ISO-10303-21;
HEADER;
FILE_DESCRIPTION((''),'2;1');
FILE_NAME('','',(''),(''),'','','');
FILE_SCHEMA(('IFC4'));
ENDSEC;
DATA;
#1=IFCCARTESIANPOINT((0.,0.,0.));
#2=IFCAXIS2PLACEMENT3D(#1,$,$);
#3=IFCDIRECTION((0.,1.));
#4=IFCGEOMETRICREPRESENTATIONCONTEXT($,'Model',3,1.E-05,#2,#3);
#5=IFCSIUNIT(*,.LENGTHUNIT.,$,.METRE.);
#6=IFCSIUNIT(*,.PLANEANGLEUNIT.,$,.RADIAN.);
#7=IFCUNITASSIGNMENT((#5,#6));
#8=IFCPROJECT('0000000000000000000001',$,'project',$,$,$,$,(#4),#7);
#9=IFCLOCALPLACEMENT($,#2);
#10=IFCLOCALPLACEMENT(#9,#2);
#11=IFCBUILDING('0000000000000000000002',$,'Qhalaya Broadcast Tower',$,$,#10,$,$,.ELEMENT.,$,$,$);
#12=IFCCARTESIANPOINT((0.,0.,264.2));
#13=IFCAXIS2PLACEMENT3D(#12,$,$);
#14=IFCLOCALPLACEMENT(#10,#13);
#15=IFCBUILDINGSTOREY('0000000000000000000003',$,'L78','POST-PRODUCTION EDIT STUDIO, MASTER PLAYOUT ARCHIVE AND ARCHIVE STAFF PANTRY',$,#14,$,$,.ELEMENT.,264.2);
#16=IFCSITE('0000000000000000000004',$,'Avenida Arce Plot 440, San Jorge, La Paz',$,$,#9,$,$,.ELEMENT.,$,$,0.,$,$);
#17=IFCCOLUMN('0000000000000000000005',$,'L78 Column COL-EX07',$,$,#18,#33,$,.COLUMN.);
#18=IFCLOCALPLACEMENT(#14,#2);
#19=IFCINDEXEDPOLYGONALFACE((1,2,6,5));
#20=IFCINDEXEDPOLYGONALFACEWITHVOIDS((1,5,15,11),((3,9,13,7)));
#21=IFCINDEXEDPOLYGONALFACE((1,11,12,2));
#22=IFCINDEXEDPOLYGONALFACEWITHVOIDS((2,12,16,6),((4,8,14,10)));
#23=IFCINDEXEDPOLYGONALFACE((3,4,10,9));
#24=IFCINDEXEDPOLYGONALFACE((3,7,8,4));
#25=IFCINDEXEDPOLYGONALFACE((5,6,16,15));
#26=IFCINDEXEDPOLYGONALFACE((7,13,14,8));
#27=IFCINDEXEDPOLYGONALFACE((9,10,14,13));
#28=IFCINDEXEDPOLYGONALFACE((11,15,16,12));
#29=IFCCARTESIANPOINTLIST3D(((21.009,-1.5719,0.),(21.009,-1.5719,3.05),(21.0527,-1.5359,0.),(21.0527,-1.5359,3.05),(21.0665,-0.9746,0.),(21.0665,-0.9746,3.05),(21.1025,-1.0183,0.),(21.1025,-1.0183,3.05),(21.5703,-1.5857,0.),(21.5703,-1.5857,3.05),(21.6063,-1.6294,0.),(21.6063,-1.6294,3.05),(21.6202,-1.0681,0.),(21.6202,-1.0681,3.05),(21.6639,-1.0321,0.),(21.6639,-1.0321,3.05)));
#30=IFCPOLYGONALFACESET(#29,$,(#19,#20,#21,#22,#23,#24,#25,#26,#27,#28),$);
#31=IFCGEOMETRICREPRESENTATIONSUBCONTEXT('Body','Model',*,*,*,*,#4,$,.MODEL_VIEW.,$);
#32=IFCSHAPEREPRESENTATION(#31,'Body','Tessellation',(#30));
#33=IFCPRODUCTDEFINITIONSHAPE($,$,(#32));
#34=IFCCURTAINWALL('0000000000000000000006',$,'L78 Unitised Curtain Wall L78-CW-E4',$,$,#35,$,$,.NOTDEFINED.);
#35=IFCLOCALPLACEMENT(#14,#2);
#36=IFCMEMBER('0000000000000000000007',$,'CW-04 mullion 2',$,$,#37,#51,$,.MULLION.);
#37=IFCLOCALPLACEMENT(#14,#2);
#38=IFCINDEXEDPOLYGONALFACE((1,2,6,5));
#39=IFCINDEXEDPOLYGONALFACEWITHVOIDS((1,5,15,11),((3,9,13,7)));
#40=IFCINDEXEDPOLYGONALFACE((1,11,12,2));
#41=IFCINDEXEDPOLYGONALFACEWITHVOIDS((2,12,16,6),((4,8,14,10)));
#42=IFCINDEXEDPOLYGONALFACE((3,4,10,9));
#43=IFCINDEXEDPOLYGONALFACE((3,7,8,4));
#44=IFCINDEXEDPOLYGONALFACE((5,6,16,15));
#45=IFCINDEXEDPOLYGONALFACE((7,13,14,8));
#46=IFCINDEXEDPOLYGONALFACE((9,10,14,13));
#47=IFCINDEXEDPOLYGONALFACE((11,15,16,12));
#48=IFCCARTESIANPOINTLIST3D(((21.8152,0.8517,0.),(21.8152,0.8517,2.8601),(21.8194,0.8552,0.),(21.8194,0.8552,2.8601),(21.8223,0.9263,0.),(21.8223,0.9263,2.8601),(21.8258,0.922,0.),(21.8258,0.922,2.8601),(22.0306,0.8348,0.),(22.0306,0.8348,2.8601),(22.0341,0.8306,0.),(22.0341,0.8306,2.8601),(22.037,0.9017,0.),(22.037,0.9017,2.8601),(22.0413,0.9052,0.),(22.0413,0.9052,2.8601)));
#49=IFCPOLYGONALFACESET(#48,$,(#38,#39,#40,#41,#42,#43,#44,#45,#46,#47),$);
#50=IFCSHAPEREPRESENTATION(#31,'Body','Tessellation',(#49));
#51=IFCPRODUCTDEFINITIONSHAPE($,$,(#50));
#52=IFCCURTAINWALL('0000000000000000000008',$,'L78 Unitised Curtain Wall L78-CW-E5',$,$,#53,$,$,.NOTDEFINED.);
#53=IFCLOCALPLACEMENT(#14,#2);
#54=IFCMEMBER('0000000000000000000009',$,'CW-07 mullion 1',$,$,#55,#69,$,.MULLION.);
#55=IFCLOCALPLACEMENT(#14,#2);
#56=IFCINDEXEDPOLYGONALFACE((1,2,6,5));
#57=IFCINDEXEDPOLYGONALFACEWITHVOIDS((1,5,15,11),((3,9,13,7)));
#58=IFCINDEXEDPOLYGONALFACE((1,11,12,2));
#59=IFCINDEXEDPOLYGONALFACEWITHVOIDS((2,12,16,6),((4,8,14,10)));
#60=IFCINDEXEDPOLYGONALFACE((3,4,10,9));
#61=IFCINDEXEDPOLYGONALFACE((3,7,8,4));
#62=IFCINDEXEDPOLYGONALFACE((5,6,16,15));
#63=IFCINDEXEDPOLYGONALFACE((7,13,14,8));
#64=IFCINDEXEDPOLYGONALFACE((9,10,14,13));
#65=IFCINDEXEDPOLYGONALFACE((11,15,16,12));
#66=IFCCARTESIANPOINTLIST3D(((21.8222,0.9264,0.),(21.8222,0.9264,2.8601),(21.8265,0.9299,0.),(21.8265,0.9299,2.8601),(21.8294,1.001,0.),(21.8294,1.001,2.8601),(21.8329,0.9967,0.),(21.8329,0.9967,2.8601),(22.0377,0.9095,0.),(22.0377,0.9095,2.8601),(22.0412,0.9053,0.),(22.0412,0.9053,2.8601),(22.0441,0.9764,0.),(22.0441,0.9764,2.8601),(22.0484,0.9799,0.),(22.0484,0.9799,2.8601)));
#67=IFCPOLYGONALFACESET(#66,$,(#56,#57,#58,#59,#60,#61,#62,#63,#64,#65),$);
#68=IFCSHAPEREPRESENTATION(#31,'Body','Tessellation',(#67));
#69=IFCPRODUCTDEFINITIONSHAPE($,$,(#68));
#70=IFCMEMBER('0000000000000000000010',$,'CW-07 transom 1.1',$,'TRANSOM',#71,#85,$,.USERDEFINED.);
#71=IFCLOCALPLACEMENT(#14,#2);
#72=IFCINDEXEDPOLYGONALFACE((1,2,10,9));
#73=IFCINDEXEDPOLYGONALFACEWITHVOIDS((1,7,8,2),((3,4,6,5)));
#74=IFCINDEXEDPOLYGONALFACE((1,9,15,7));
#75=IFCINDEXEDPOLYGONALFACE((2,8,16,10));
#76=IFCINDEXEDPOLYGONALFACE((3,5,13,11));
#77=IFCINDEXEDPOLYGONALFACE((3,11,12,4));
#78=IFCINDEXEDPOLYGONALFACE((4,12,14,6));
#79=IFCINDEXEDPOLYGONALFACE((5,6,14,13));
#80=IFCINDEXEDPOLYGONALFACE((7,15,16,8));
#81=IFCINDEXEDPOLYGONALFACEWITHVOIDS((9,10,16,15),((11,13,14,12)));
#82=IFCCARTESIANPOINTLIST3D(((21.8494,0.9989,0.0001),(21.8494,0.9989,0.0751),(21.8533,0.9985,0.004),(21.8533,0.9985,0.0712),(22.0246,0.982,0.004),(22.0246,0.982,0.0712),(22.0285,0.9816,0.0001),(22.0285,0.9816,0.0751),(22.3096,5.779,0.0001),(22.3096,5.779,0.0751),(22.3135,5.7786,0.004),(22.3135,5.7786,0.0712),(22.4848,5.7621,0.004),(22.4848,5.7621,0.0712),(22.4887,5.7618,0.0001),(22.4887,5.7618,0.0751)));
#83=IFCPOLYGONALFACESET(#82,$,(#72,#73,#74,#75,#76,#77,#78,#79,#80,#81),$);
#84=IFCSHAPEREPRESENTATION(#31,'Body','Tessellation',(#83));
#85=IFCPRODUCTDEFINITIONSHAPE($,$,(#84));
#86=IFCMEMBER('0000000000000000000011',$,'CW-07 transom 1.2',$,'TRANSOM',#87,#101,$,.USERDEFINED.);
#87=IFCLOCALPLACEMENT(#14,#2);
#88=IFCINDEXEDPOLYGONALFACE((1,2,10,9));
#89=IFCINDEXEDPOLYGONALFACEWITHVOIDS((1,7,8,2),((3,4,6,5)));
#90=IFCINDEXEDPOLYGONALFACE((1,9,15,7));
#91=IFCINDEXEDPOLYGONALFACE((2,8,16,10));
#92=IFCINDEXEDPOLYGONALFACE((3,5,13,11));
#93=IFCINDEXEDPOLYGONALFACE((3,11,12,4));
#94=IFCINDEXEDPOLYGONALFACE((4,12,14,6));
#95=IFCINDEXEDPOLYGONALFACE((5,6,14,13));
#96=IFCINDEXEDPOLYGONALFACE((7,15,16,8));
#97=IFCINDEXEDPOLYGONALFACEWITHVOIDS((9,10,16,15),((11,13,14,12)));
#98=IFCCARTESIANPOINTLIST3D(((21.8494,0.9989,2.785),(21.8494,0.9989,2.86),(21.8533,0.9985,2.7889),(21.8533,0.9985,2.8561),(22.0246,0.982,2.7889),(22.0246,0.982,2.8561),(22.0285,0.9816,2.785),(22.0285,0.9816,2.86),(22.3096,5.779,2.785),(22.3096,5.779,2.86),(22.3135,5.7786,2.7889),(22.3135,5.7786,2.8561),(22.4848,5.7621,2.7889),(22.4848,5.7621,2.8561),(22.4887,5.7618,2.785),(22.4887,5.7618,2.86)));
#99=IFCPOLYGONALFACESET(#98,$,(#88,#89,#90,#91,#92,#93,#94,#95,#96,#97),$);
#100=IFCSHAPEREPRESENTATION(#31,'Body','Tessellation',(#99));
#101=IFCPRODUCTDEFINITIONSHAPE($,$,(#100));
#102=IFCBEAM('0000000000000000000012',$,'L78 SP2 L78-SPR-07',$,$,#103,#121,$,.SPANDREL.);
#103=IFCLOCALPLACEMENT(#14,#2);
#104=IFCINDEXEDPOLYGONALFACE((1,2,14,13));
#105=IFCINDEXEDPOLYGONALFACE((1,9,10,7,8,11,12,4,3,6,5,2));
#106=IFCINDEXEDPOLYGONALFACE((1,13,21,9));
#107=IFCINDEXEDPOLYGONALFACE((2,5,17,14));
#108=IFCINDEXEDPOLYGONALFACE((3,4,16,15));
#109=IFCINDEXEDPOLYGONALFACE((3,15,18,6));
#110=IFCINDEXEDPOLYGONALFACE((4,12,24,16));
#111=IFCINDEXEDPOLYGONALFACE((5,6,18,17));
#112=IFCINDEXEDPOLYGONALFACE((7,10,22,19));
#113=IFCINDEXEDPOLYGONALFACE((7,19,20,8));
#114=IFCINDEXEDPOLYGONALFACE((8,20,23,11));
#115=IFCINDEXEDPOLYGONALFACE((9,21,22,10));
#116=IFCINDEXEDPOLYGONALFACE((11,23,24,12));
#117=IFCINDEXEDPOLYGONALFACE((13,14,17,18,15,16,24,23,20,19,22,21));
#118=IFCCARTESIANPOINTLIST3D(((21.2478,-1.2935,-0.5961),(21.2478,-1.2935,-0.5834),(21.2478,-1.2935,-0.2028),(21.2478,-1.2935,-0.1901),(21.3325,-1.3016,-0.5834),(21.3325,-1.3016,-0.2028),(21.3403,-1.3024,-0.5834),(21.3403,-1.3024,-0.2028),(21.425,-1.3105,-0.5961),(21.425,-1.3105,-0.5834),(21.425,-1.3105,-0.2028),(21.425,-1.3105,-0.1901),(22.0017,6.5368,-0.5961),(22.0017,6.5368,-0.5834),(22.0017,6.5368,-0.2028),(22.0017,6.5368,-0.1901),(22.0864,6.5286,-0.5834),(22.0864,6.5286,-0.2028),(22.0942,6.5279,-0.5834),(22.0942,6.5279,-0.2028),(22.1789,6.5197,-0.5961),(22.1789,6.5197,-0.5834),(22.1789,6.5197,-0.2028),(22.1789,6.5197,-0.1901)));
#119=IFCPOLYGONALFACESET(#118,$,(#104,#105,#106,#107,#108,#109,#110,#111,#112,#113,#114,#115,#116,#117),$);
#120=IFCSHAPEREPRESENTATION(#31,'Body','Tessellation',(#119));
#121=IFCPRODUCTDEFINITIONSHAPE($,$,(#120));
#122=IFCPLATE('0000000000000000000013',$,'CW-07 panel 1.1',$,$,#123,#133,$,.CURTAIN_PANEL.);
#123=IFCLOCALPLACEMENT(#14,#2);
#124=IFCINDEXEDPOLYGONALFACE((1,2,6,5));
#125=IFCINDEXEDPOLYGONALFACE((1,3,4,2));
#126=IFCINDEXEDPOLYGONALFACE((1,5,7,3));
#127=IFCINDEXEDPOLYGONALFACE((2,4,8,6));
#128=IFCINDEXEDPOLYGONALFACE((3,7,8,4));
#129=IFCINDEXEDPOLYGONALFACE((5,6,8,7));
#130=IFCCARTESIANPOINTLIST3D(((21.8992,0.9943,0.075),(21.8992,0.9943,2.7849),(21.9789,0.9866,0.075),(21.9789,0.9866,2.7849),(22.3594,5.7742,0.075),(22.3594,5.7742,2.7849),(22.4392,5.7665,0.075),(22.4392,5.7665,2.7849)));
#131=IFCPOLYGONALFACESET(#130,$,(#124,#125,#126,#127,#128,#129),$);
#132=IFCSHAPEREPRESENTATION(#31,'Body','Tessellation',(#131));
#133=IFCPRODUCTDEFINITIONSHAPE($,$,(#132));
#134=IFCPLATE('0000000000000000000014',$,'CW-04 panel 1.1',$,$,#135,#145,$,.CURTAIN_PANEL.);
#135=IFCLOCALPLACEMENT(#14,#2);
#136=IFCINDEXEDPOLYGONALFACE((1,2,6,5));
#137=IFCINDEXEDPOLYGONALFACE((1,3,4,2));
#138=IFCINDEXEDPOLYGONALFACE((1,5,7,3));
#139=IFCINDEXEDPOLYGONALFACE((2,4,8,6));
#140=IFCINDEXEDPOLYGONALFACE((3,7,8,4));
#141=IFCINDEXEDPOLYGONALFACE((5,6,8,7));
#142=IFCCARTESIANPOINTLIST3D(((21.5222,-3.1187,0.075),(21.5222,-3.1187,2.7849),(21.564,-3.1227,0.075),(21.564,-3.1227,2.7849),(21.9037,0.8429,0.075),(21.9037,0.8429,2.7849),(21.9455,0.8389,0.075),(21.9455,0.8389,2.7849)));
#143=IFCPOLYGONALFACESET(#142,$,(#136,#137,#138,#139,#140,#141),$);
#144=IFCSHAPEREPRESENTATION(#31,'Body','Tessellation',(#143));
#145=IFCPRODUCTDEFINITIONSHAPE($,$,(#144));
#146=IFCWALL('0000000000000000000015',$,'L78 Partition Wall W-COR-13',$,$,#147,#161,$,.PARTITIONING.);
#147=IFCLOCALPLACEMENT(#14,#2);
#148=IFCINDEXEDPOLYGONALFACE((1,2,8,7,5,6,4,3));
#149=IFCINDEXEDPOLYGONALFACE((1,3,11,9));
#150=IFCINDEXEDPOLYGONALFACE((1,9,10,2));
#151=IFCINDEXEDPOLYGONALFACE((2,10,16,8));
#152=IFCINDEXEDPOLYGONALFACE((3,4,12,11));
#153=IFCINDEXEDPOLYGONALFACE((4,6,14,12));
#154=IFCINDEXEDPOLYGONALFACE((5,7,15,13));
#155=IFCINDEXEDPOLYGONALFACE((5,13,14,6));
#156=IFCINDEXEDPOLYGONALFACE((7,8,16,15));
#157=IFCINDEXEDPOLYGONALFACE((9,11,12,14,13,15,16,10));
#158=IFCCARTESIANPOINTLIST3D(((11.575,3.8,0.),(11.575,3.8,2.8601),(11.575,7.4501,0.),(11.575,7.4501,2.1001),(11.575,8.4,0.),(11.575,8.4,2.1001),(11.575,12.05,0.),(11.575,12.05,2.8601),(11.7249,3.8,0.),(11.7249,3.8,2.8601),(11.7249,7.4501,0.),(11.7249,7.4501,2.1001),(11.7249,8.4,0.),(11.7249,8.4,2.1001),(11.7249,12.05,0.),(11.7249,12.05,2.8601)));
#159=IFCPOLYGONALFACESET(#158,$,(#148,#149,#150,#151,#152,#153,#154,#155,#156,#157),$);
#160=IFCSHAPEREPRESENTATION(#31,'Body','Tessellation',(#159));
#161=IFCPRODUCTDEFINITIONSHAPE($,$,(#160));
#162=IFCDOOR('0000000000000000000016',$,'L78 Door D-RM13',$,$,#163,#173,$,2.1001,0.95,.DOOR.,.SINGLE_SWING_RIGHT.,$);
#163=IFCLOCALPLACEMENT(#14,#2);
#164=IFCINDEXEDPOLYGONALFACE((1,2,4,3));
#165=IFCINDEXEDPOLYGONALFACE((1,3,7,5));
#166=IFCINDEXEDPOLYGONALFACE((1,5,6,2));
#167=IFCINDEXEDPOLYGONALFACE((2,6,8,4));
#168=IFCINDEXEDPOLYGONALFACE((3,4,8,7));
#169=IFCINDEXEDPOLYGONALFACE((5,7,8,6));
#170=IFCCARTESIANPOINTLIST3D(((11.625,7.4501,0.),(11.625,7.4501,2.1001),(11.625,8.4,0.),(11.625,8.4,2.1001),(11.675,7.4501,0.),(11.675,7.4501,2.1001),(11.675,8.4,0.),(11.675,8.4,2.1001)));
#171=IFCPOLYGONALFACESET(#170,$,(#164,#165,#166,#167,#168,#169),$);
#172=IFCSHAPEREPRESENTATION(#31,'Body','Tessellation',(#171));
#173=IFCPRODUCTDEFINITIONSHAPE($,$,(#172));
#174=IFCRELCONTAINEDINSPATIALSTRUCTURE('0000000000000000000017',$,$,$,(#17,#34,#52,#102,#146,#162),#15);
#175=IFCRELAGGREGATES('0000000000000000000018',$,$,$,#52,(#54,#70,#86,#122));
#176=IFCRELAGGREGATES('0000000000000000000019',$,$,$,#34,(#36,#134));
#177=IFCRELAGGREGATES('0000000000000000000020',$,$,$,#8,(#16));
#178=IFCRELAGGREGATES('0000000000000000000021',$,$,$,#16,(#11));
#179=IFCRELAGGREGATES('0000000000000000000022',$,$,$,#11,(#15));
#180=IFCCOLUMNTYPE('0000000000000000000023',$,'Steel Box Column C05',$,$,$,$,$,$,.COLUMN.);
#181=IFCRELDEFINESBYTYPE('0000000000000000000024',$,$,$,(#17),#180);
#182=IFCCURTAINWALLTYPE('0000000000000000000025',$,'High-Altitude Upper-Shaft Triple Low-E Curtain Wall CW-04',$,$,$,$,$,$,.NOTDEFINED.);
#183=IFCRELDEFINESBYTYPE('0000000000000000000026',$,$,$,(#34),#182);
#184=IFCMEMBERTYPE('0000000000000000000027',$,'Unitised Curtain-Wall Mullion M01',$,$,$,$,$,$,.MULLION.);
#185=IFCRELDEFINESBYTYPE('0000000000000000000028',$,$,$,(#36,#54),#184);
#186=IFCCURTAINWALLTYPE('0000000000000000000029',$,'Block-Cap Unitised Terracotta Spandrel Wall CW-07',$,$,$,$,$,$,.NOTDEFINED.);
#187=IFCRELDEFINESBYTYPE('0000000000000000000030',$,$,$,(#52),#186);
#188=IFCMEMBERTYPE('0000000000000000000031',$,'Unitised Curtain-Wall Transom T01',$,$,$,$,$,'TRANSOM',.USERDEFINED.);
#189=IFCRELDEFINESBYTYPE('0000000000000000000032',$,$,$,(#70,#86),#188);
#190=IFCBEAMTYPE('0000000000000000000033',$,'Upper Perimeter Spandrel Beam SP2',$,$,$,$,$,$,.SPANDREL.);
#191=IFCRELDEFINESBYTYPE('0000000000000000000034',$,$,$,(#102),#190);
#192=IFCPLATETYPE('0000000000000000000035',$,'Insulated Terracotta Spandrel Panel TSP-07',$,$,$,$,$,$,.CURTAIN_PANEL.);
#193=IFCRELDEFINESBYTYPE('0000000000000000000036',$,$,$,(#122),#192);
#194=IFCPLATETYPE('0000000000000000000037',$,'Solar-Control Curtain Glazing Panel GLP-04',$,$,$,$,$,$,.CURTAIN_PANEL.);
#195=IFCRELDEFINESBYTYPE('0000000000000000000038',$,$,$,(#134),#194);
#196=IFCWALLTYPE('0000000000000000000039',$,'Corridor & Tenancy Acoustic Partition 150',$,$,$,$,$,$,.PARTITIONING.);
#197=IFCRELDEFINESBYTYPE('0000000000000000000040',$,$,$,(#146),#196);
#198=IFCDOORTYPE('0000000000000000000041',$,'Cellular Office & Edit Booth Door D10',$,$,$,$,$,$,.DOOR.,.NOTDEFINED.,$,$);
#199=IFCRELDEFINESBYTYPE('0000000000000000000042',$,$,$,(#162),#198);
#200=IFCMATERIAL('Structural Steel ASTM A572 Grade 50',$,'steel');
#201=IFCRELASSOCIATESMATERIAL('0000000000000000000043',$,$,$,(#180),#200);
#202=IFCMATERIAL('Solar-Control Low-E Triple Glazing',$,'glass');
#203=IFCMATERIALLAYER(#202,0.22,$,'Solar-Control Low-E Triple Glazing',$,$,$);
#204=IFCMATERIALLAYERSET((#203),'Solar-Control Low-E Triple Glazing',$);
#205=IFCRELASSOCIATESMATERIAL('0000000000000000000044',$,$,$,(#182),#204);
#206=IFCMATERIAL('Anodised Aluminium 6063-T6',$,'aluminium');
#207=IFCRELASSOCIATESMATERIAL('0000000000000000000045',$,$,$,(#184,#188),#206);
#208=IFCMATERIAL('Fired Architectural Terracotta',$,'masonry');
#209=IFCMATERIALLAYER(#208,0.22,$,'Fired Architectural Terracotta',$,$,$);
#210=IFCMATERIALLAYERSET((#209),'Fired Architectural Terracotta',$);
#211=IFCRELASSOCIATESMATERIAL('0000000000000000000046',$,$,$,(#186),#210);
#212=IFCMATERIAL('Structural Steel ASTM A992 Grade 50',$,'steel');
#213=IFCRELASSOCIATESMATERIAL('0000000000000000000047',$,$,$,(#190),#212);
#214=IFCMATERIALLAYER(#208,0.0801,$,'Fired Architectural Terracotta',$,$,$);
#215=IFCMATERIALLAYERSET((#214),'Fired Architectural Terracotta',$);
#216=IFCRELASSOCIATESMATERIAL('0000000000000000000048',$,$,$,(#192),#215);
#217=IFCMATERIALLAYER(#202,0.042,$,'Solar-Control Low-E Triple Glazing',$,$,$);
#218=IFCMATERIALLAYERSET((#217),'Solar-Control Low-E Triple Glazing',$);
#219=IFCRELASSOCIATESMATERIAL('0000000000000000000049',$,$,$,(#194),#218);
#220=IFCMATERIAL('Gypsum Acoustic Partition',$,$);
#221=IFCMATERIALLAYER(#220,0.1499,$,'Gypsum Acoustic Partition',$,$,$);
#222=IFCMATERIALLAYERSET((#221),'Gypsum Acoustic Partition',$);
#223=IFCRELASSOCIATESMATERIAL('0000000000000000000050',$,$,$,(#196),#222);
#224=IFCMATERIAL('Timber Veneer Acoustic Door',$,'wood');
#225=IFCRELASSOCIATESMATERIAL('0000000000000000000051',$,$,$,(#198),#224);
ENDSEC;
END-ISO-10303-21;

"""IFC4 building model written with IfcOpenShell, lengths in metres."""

from ifc_helpers import new_model, si_unit, direction, frame, frame_2d, origin, origin_2d, place, context, subcontext, project, spatial, rectangle, hollow_rectangle, i_section, extrude, material, layer, layer_set, material_profile, profile_set, type_object, element, fill, aggregate, save


model = new_model("IFC4")

# Units and contexts
model_context = context("Model", 3, precision=1e-05, world=origin(), true_north=direction((0.0, 1.0)))
body_context = subcontext(model_context, "Body", "Model", "MODEL_VIEW")
ifc_project = project(units=[si_unit("LENGTHUNIT", "METRE"), si_unit("PLANEANGLEUNIT", "RADIAN")], contexts=[model_context])

# Site, building, storey
site_placement = place(None, origin())
site = spatial("IfcSite", under=ifc_project, at=site_placement, Name="Avenida Arce Plot 440, San Jorge, La Paz", CompositionType="ELEMENT", RefElevation=0.0)
building_placement = place(site_placement, origin())
building = spatial("IfcBuilding", under=site, at=building_placement, Name="Qhalaya Broadcast Tower", CompositionType="ELEMENT")
storey_placement = place(building_placement, frame((0.0, 0.0, 264.2)))
storey = spatial("IfcBuildingStorey", under=building, at=storey_placement, Name="L78", Description="POST-PRODUCTION EDIT STUDIO, MASTER PLAYOUT ARCHIVE AND ARCHIVE STAFF PANTRY", CompositionType="ELEMENT", Elevation=264.2)

# Column
ifc_material_1 = material(Name="Structural Steel ASTM A572 Grade 50", Category="steel")
ifc_material_profile_1 = material_profile(ifc_material_1, hollow_rectangle(XDim=0.6001, YDim=0.6001, WallThickness=0.04, at=origin_2d()), Name="BOX 600x600x40")
ifc_profile_set_1 = profile_set([ifc_material_profile_1], Name="Structural Steel ASTM A572 Grade 50")
column_type = type_object("IfcColumnType", Name="Steel Box Column C05", PredefinedType="COLUMN", material=ifc_profile_set_1)
column_placement = place(storey_placement, frame((21.3364, -1.302, 0.0), z_axis=(0.0, 0.0, 1.0), x_axis=(0.095846, 0.995396, 0.0)))
element("IfcColumn", 1, at=column_placement, inside=storey, type_object=column_type, Name="L78 Column COL-EX07", PredefinedType="COLUMN", context=body_context, shape_type="SweptSolid", body=[
    extrude(hollow_rectangle(XDim=0.6001, YDim=0.6001, WallThickness=0.04, at=origin_2d()), origin(), (0.0, 0.0, 1.0), 3.05),
])

# Curtain wall, member
ifc_material_2 = material(Name="Solar-Control Low-E Triple Glazing", Category="glass")
ifc_layer_1 = layer(ifc_material_2, 0.22, Name="Solar-Control Low-E Triple Glazing")
ifc_layer_set_1 = layer_set([ifc_layer_1], Name="Solar-Control Low-E Triple Glazing")
curtain_wall_type_1 = type_object("IfcCurtainWallType", Name="High-Altitude Upper-Shaft Triple Low-E Curtain Wall CW-04", PredefinedType="NOTDEFINED", material=ifc_layer_set_1)
curtain_wall_1_placement = place(storey_placement, origin())
curtain_wall_1 = element("IfcCurtainWall", 2, at=curtain_wall_1_placement, inside=storey, type_object=curtain_wall_type_1, Name="L78 Unitised Curtain Wall L78-CW-E4", PredefinedType="NOTDEFINED")
ifc_material_3 = material(Name="Anodised Aluminium 6063-T6", Category="aluminium")
ifc_material_profile_2 = material_profile(ifc_material_3, hollow_rectangle(XDim=0.075, YDim=0.22, WallThickness=0.0039, at=origin_2d()), Name="ALU-MUL 75x220x4")
ifc_profile_set_2 = profile_set([ifc_material_profile_2], Name="Anodised Aluminium 6063-T6")
member_type_1 = type_object("IfcMemberType", Name="Unitised Curtain-Wall Mullion M01", PredefinedType="MULLION", material=ifc_profile_set_2)
member_1_placement = place(storey_placement, frame((21.9282, 0.8784, 0.0), z_axis=(0.0, 0.0, 1.0), x_axis=(0.095859, 0.995395, 0.0)))
member_1 = element("IfcMember", 3, at=member_1_placement, type_object=member_type_1, Name="CW-04 mullion 2", PredefinedType="MULLION", context=body_context, shape_type="SweptSolid", body=[
    extrude(hollow_rectangle(XDim=0.075, YDim=0.22, WallThickness=0.0039, at=origin_2d()), origin(), (0.0, 0.0, 1.0), 2.8601),
])

# Curtain wall, members
ifc_material_4 = material(Name="Fired Architectural Terracotta", Category="masonry")
ifc_layer_2 = layer(ifc_material_4, 0.22, Name="Fired Architectural Terracotta")
ifc_layer_set_2 = layer_set([ifc_layer_2], Name="Fired Architectural Terracotta")
curtain_wall_type_2 = type_object("IfcCurtainWallType", Name="Block-Cap Unitised Terracotta Spandrel Wall CW-07", PredefinedType="NOTDEFINED", material=ifc_layer_set_2)
curtain_wall_2_placement = place(storey_placement, origin())
curtain_wall_2 = element("IfcCurtainWall", 4, at=curtain_wall_2_placement, inside=storey, type_object=curtain_wall_type_2, Name="L78 Unitised Curtain Wall L78-CW-E5", PredefinedType="NOTDEFINED")
member_2_placement = place(storey_placement, frame((21.9353, 0.9531, 0.0), z_axis=(0.0, 0.0, 1.0), x_axis=(0.09584, 0.995397, 0.0)))
member_2 = element("IfcMember", 5, at=member_2_placement, type_object=member_type_1, Name="CW-07 mullion 1", PredefinedType="MULLION", context=body_context, shape_type="SweptSolid", body=[
    extrude(hollow_rectangle(XDim=0.075, YDim=0.22, WallThickness=0.0039, at=origin_2d()), origin(), (0.0, 0.0, 1.0), 2.8601),
])
ifc_material_profile_3 = material_profile(ifc_material_3, hollow_rectangle(XDim=0.075, YDim=0.1799, WallThickness=0.0039, at=origin_2d()), Name="ALU-TRN 75x180x4")
ifc_profile_set_3 = profile_set([ifc_material_profile_3], Name="Anodised Aluminium 6063-T6")
member_type_2 = type_object("IfcMemberType", Name="Unitised Curtain-Wall Transom T01", ElementType="TRANSOM", PredefinedType="USERDEFINED", material=ifc_profile_set_3)
member_3_placement = place(storey_placement, frame((21.939, 0.9902, 0.0376), z_axis=(0.095833, 0.995397, 0.0), x_axis=(0.0, 0.0, 1.0)))
member_3 = element("IfcMember", 6, at=member_3_placement, type_object=member_type_2, Name="CW-07 transom 1.1", ObjectType="TRANSOM", PredefinedType="USERDEFINED", context=body_context, shape_type="SweptSolid", body=[
    extrude(hollow_rectangle(XDim=0.075, YDim=0.1799, WallThickness=0.0039, at=origin_2d()), origin(), (0.0, 0.0, 1.0), 4.8022),
])
member_4_placement = place(storey_placement, frame((21.939, 0.9902, 2.8225), z_axis=(0.095833, 0.995397, 0.0), x_axis=(0.0, 0.0, 1.0)))
member_4 = element("IfcMember", 7, at=member_4_placement, type_object=member_type_2, Name="CW-07 transom 1.2", ObjectType="TRANSOM", PredefinedType="USERDEFINED", context=body_context, shape_type="SweptSolid", body=[
    extrude(hollow_rectangle(XDim=0.075, YDim=0.1799, WallThickness=0.0039, at=origin_2d()), origin(), (0.0, 0.0, 1.0), 4.8022),
])

# Beam
ifc_material_5 = material(Name="Structural Steel ASTM A992 Grade 50", Category="steel")
ifc_material_profile_4 = material_profile(ifc_material_5, i_section(OverallWidth=0.178, OverallDepth=0.406, WebThickness=0.0078, FlangeThickness=0.0127, at=origin_2d()), Name="W16X40")
ifc_profile_set_4 = profile_set([ifc_material_profile_4], Name="Structural Steel ASTM A992 Grade 50")
beam_type = type_object("IfcBeamType", Name="Upper Perimeter Spandrel Beam SP2", PredefinedType="SPANDREL", material=ifc_profile_set_4)
beam_placement = place(storey_placement, frame((21.3364, -1.302, -0.3931), z_axis=(0.095837, 0.995397, 0.0), x_axis=(-0.995397, 0.095837, 0.0)))
element("IfcBeam", 8, at=beam_placement, inside=storey, type_object=beam_type, Name="L78 SP2 L78-SPR-07", PredefinedType="SPANDREL", context=body_context, shape_type="SweptSolid", body=[
    extrude(i_section(OverallWidth=0.178, OverallDepth=0.406, WebThickness=0.0078, FlangeThickness=0.0127, at=origin_2d()), origin(), (0.0, 0.0, 1.0), 7.8665),
])

# Plates
ifc_layer_3 = layer(ifc_material_4, 0.0801, Name="Fired Architectural Terracotta")
ifc_layer_set_3 = layer_set([ifc_layer_3], Name="Fired Architectural Terracotta")
plate_type_1 = type_object("IfcPlateType", Name="Insulated Terracotta Spandrel Panel TSP-07", PredefinedType="CURTAIN_PANEL", material=ifc_layer_set_3)
plate_1_placement = place(storey_placement, frame((22.1692, 3.3804, 0.075), z_axis=(0.0, 0.0, 1.0), x_axis=(0.09584, 0.995397, 0.0)))
plate_1 = element("IfcPlate", 9, at=plate_1_placement, type_object=plate_type_1, Name="CW-07 panel 1.1", PredefinedType="CURTAIN_PANEL", context=body_context, shape_type="SweptSolid", body=[
    extrude(rectangle(XDim=4.802, YDim=0.0801, at=origin_2d()), origin(), (0.0, 0.0, 1.0), 2.71),
])
aggregate(curtain_wall_2, [member_2, member_3, member_4, plate_1])
ifc_layer_4 = layer(ifc_material_2, 0.042, Name="Solar-Control Low-E Triple Glazing")
ifc_layer_set_4 = layer_set([ifc_layer_4], Name="Solar-Control Low-E Triple Glazing")
plate_type_2 = type_object("IfcPlateType", Name="Solar-Control Curtain Glazing Panel GLP-04", PredefinedType="CURTAIN_PANEL", material=ifc_layer_set_4)
plate_2_placement = place(storey_placement, frame((21.7339, -1.1399, 0.075), z_axis=(0.0, 0.0, 1.0), x_axis=(0.095859, 0.995395, 0.0)))
plate_2 = element("IfcPlate", 10, at=plate_2_placement, type_object=plate_type_2, Name="CW-04 panel 1.1", PredefinedType="CURTAIN_PANEL", context=body_context, shape_type="SweptSolid", body=[
    extrude(rectangle(XDim=3.98, YDim=0.042, at=origin_2d()), origin(), (0.0, 0.0, 1.0), 2.71),
])
aggregate(curtain_wall_1, [member_1, plate_2])

# Wall, opening, door
ifc_material_6 = material(Name="Gypsum Acoustic Partition")
ifc_layer_5 = layer(ifc_material_6, 0.1499, Name="Gypsum Acoustic Partition")
ifc_layer_set_5 = layer_set([ifc_layer_5], Name="Gypsum Acoustic Partition")
wall_type_1 = type_object("IfcWallType", Name="Corridor & Tenancy Acoustic Partition 150", PredefinedType="PARTITIONING", material=ifc_layer_set_5)
wall_1_placement = place(storey_placement, frame((11.6499, 3.8, 0.0), z_axis=(0.0, 0.0, 1.0), x_axis=(0.0, 1.0, 0.0)))
wall_1 = element("IfcWall", 11, at=wall_1_placement, inside=storey, type_object=wall_type_1, Name="L78 Partition Wall W-COR-13", PredefinedType="PARTITIONING", context=body_context, shape_type="SweptSolid", body=[
    extrude(rectangle(XDim=8.25, YDim=0.1499, at=frame_2d((4.125, 0.0))), origin(), (0.0, 0.0, 1.0), 2.8601),
])
opening_1_placement = place(wall_1_placement, frame((3.6499, 0.0, 0.0)))
opening_1 = element("IfcOpeningElement", 12, at=opening_1_placement, cuts=wall_1, PredefinedType="OPENING", context=body_context, shape_type="SweptSolid", body=[
    extrude(rectangle(XDim=0.95, YDim=2.1001, at=frame_2d((0.4751, 1.05))), frame((0.0, 0.0869, 0.0), z_axis=(0.0, -1.0, 0.0), x_axis=(1.0, 0.0, 0.0)), (0.0, 0.0, 1.0), 0.1738),
])
ifc_material_7 = material(Name="Timber Veneer Acoustic Door", Category="wood")
door_type_1 = type_object("IfcDoorType", Name="Cellular Office & Edit Booth Door D10", OperationType="NOTDEFINED", PredefinedType="DOOR", material=ifc_material_7)
door_1_placement = place(opening_1_placement, origin())
door_1 = element("IfcDoor", 13, at=door_1_placement, inside=storey, type_object=door_type_1, Name="L78 Door D-RM13", OperationType="SINGLE_SWING_RIGHT", OverallHeight=2.1001, OverallWidth=0.95, PredefinedType="DOOR", context=body_context, shape_type="SweptSolid", body=[
    extrude(rectangle(XDim=0.95, YDim=2.1001, at=frame_2d((0.4751, 1.05))), frame((0.0, 0.0249, 0.0), z_axis=(0.0, -1.0, 0.0), x_axis=(1.0, 0.0, 0.0)), (0.0, 0.0, 1.0), 0.05),
])
fill(opening_1, door_1)

save(model, "model.ifc")
